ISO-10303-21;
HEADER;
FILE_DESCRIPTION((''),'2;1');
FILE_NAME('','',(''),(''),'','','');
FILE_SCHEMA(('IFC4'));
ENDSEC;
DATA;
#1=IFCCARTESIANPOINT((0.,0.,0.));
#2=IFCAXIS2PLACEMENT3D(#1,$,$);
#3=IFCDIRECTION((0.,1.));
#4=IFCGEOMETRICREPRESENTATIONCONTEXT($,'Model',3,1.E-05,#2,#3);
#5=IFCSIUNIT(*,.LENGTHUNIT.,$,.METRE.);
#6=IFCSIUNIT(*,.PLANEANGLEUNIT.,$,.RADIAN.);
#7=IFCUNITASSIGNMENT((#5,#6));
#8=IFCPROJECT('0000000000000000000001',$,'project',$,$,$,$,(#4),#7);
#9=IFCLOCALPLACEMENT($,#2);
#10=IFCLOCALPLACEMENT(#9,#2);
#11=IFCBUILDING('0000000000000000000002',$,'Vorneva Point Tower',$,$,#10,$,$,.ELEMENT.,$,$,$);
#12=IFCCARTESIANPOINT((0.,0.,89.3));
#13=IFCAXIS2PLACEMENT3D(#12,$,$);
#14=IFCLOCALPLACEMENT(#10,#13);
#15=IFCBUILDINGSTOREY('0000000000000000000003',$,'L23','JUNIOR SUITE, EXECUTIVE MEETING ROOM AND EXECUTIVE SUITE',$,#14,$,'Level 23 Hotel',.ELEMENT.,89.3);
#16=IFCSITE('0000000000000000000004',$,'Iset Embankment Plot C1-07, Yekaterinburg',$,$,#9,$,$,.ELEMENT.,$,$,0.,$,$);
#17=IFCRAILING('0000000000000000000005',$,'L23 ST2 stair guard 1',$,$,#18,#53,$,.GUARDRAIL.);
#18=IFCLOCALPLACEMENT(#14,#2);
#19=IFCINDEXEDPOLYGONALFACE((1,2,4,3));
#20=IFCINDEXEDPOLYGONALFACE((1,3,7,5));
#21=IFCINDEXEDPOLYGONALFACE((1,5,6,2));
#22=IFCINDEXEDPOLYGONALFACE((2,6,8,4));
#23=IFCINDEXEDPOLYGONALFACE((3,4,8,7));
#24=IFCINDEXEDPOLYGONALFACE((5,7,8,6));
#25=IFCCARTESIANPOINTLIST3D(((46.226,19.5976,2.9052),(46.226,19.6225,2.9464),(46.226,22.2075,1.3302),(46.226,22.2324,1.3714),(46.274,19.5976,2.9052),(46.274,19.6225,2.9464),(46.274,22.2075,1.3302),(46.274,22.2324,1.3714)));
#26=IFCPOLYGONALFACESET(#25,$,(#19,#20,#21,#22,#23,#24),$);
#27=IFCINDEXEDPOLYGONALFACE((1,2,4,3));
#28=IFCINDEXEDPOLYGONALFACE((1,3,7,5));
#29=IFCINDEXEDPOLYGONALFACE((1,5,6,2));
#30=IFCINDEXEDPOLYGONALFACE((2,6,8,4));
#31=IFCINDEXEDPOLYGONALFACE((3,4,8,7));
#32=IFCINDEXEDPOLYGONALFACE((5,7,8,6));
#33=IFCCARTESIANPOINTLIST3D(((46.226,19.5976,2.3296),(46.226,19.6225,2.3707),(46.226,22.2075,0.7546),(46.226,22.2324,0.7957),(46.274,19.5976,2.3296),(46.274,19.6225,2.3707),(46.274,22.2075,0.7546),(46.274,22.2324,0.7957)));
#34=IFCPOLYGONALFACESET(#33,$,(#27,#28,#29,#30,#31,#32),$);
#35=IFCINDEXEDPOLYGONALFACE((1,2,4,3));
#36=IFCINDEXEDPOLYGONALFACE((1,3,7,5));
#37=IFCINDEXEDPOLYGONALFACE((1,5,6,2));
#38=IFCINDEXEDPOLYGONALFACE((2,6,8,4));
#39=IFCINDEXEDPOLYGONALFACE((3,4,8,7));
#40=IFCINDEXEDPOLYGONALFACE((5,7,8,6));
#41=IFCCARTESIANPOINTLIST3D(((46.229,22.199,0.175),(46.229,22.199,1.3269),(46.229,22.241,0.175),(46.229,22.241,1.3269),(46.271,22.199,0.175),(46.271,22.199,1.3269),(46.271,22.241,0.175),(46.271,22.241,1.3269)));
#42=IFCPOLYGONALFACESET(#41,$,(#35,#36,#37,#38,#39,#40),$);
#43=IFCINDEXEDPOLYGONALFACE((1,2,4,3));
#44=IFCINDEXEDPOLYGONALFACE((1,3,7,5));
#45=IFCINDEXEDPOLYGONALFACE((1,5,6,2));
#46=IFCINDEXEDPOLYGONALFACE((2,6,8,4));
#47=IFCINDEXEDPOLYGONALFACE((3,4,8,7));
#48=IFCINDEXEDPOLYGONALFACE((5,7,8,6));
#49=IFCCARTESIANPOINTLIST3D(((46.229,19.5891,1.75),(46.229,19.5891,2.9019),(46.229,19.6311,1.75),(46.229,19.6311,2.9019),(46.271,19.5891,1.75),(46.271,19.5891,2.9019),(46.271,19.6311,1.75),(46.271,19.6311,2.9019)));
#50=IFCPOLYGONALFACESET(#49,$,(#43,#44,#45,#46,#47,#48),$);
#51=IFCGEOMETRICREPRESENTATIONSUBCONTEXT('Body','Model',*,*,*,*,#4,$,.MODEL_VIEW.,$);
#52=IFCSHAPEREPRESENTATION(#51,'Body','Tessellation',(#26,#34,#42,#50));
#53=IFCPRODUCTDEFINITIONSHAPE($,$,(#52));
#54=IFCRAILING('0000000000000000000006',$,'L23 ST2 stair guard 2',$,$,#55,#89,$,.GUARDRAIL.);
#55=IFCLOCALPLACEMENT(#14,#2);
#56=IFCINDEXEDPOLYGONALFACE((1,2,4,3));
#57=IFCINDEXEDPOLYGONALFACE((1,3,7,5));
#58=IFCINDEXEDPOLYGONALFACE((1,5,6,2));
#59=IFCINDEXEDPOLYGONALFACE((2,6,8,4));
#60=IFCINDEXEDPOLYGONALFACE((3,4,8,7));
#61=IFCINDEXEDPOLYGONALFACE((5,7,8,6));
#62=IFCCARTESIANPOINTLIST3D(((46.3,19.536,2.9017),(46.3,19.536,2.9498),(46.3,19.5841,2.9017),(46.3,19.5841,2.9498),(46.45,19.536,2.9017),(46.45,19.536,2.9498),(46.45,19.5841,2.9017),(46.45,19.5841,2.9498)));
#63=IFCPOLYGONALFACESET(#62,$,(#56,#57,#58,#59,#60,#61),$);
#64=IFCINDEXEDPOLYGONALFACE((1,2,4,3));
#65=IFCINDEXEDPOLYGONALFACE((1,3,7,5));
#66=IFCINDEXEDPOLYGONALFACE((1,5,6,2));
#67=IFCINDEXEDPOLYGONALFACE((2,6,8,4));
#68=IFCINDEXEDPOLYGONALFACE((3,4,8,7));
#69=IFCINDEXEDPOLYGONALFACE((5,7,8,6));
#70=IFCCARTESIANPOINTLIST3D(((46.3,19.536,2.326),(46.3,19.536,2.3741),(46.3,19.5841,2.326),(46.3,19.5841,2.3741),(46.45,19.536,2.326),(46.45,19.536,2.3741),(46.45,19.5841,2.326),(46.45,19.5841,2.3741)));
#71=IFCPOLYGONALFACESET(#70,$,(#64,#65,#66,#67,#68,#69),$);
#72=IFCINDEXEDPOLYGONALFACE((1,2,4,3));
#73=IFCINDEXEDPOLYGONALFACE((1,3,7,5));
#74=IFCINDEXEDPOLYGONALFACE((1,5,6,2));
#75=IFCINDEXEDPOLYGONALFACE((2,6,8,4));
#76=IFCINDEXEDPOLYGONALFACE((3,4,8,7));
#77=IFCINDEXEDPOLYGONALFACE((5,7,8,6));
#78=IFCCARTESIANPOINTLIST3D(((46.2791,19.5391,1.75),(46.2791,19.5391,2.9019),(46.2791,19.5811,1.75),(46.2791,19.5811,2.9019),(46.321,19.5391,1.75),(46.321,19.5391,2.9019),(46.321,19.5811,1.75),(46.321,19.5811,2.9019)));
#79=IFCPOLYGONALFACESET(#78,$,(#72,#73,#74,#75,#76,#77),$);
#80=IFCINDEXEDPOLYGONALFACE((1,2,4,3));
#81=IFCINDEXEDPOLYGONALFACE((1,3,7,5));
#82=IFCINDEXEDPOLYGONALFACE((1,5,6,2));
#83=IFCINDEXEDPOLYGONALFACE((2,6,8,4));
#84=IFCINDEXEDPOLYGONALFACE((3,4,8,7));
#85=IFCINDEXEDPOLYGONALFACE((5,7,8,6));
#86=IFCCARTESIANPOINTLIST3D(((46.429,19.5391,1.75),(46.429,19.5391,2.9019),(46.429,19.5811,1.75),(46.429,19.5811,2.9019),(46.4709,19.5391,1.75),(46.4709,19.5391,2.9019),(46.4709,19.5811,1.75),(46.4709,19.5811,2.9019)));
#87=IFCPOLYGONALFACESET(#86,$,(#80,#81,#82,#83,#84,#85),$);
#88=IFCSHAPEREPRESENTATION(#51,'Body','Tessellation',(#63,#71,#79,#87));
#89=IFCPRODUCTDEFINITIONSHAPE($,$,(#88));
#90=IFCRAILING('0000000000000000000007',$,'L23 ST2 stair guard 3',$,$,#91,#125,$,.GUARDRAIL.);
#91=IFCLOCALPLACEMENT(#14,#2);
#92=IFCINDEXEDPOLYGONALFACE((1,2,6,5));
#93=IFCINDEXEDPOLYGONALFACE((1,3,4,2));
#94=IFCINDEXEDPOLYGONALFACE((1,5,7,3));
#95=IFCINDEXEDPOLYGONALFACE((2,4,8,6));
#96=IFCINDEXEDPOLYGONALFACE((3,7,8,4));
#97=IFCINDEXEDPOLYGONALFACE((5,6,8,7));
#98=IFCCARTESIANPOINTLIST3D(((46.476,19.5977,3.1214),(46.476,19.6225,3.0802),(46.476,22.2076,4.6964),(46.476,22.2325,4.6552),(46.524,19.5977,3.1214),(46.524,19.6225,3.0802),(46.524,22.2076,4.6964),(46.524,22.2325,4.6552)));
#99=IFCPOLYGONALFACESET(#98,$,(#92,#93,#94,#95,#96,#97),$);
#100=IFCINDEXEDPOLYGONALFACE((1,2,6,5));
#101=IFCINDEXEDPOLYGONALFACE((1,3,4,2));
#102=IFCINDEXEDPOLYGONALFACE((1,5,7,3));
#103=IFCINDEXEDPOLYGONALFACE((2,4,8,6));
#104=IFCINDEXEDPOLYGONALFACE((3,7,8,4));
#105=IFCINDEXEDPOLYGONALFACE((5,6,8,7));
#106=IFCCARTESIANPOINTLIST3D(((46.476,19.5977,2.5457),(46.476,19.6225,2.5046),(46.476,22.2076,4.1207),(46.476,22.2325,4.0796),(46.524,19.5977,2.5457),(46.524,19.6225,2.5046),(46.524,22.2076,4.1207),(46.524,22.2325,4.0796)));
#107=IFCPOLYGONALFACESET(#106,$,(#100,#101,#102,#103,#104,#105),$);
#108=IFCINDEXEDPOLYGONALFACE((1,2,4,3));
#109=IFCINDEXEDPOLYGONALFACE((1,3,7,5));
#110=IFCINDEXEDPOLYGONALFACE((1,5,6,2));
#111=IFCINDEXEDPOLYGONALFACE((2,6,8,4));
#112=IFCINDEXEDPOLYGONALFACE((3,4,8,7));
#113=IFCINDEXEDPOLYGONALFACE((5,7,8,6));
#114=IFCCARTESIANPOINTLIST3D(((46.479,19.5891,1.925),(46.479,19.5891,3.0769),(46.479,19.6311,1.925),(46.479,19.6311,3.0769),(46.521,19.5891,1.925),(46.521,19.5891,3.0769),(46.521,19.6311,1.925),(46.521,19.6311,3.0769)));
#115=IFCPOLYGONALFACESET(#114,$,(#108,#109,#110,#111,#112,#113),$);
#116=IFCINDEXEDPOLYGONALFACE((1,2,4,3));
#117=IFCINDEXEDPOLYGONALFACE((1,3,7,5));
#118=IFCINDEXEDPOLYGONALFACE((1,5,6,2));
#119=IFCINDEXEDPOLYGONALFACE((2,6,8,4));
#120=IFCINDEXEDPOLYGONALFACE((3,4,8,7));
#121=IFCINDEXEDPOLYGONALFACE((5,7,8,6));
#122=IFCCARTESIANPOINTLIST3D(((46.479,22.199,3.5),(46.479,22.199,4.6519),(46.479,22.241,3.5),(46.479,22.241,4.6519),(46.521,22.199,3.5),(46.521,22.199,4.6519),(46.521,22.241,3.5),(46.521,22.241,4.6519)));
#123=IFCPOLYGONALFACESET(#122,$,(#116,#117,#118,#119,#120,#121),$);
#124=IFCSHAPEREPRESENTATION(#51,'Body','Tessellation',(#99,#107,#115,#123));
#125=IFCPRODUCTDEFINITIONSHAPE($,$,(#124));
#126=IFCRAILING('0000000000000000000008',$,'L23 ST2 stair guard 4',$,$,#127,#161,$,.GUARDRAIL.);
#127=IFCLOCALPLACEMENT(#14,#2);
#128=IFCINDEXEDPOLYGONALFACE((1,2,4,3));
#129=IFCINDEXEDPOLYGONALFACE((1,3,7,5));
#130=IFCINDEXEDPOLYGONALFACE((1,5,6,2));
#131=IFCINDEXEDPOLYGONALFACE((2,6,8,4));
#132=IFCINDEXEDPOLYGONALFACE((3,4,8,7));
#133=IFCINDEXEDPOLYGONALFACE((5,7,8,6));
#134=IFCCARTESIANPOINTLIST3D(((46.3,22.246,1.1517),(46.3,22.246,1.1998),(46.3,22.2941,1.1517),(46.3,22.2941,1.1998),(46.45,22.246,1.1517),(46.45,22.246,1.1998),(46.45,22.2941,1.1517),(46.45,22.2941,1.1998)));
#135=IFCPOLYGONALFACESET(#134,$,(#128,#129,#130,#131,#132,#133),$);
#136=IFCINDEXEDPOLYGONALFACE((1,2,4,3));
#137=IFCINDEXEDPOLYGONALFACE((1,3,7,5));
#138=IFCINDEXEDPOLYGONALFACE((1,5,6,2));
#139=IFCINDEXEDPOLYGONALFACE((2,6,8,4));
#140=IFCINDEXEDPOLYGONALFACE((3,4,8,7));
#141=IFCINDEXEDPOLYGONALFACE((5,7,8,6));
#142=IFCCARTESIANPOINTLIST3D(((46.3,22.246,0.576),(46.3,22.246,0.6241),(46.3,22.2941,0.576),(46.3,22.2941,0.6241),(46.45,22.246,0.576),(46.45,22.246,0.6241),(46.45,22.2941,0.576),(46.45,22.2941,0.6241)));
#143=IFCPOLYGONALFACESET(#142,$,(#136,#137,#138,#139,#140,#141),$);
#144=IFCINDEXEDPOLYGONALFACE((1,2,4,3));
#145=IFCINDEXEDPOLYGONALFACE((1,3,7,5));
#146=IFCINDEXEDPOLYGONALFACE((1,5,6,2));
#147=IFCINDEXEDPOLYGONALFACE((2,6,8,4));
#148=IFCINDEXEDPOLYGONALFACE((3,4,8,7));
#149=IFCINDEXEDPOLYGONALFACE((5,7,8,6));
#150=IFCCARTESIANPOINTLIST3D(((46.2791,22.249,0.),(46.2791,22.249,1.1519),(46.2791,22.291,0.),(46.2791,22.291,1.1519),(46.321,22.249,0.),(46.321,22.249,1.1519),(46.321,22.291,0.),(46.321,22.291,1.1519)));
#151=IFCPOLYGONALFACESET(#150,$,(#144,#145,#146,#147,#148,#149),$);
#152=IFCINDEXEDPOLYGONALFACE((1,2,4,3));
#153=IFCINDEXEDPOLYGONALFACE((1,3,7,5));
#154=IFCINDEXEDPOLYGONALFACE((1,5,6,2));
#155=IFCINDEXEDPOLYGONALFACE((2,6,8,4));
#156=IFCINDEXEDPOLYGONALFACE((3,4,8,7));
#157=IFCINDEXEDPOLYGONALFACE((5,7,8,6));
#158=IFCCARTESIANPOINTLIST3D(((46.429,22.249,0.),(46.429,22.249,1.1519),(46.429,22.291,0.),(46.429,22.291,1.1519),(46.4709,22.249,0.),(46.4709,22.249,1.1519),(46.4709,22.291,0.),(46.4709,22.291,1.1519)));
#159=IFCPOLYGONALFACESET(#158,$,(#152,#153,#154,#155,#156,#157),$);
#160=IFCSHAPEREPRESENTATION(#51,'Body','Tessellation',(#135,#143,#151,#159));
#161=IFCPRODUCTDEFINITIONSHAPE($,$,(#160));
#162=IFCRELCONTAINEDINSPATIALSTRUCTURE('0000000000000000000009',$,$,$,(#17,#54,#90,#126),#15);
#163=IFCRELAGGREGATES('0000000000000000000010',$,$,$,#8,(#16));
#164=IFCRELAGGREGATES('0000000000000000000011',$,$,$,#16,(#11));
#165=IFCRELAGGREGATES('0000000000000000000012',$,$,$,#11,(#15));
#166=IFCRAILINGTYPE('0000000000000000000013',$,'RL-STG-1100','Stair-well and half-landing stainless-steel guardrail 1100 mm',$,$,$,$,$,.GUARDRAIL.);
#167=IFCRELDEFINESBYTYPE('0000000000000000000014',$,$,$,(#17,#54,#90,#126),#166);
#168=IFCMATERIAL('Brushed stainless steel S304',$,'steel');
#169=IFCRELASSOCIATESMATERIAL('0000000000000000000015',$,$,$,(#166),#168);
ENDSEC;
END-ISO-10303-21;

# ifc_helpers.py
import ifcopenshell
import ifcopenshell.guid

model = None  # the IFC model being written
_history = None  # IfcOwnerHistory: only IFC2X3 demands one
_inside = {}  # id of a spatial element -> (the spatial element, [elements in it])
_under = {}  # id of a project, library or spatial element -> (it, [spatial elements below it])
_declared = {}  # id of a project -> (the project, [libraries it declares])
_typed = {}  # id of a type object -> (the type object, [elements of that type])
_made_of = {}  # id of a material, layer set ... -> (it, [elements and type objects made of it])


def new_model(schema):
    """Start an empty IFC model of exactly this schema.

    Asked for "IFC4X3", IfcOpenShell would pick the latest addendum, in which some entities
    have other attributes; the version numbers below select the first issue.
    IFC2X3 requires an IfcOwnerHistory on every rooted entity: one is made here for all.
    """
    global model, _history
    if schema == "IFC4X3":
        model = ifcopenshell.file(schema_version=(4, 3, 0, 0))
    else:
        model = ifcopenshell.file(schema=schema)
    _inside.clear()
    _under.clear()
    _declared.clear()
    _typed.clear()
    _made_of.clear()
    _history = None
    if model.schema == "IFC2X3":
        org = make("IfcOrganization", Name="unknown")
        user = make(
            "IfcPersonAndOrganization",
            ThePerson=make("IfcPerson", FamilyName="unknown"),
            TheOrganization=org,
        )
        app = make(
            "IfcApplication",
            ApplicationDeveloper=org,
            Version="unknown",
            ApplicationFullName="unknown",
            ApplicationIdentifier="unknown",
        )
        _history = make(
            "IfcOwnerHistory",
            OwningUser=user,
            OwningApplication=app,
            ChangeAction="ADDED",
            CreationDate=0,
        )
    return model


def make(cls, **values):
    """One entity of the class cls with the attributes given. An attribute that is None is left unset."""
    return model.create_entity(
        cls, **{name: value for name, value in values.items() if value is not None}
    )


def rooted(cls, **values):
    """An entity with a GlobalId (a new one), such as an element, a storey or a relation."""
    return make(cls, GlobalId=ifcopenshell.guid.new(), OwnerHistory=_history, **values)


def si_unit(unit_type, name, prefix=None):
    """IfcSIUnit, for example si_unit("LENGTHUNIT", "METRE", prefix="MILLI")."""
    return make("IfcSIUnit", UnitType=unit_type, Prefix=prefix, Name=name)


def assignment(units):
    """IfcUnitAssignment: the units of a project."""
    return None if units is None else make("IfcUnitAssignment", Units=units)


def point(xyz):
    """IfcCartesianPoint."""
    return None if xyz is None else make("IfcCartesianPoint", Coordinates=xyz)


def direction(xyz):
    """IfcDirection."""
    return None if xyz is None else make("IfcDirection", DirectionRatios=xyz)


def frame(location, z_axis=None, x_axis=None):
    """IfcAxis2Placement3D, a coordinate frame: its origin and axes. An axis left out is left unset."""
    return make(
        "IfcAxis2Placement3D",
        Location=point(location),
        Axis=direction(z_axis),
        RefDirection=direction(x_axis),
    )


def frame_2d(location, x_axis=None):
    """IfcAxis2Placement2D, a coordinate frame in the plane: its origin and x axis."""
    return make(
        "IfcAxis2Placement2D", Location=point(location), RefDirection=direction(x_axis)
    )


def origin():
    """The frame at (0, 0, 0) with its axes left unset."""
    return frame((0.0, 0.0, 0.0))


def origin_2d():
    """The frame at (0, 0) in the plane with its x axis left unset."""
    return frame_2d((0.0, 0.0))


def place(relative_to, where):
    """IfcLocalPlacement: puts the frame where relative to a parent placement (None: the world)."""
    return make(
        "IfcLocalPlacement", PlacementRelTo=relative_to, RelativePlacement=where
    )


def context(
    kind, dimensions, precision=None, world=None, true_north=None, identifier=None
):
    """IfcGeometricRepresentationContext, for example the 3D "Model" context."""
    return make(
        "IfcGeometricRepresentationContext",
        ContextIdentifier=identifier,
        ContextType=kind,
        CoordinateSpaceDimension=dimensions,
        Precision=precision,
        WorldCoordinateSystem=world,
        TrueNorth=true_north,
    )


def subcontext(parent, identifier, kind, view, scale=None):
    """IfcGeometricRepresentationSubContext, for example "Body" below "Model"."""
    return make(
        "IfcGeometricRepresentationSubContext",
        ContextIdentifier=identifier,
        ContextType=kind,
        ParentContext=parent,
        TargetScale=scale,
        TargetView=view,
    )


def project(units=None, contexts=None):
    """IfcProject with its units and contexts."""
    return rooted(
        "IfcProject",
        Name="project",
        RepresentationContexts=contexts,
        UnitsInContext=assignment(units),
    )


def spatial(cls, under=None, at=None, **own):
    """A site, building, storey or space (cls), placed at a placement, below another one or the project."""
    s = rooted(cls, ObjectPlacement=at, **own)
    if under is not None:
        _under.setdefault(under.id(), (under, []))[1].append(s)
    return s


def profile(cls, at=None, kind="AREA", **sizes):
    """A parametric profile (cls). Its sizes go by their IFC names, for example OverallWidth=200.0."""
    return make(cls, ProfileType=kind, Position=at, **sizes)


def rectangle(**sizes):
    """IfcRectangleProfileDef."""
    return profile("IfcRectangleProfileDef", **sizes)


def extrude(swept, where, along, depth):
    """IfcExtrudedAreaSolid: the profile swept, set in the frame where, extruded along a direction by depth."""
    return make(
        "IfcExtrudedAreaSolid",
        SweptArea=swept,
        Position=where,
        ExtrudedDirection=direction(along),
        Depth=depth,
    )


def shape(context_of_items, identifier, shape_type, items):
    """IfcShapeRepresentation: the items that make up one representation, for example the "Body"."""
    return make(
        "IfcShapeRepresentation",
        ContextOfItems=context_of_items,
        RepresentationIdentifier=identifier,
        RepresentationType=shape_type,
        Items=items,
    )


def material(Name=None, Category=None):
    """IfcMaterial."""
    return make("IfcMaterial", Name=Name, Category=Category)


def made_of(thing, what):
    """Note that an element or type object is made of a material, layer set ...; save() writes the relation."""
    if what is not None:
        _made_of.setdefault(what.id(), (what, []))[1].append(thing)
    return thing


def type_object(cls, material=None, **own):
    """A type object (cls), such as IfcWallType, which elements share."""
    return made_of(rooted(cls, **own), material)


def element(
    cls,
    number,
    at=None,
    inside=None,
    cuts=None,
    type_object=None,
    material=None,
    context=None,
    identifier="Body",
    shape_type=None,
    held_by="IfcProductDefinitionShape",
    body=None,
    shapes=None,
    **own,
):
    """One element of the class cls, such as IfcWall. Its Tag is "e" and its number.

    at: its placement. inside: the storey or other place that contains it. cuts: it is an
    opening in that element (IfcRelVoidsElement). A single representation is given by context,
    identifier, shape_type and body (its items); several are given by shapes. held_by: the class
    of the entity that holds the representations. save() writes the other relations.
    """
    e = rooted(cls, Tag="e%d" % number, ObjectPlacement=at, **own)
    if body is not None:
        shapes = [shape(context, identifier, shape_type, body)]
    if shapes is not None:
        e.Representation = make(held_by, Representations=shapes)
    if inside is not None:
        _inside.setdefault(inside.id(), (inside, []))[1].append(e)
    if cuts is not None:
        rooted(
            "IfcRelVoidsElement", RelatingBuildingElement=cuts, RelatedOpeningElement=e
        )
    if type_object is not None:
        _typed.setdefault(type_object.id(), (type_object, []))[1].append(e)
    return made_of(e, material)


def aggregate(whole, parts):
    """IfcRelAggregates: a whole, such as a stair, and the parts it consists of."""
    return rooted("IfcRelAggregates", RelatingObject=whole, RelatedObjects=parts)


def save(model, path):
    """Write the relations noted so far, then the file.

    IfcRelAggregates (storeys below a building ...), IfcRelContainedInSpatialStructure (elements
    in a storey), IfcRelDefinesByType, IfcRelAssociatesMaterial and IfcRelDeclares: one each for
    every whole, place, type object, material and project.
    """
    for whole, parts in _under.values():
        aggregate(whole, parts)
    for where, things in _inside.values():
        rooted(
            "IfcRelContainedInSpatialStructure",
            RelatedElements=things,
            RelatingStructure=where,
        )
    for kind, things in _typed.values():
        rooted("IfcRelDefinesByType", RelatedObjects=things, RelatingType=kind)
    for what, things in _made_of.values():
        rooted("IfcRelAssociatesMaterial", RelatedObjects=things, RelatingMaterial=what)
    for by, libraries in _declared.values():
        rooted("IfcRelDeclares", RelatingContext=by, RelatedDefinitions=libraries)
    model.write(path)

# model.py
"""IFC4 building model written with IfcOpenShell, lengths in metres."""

from ifc_helpers import new_model, si_unit, direction, frame, origin, origin_2d, place, context, subcontext, project, spatial, rectangle, extrude, material, type_object, element, save


model = new_model("IFC4")

# Units and contexts
model_context = context("Model", 3, precision=1e-05, world=origin(), true_north=direction((0.0, 1.0)))
body_context = subcontext(model_context, "Body", "Model", "MODEL_VIEW")
ifc_project = project(units=[si_unit("LENGTHUNIT", "METRE"), si_unit("PLANEANGLEUNIT", "RADIAN")], contexts=[model_context])

# Site, building, storey
site_placement = place(None, origin())
site = spatial("IfcSite", under=ifc_project, at=site_placement, Name="Iset Embankment Plot C1-07, Yekaterinburg", CompositionType="ELEMENT", RefElevation=0.0)
building_placement = place(site_placement, origin())
building = spatial("IfcBuilding", under=site, at=building_placement, Name="Vorneva Point Tower", CompositionType="ELEMENT")
storey_placement = place(building_placement, frame((0.0, 0.0, 89.3)))
storey = spatial("IfcBuildingStorey", under=building, at=storey_placement, Name="L23", Description="JUNIOR SUITE, EXECUTIVE MEETING ROOM AND EXECUTIVE SUITE", LongName="Level 23 Hotel", CompositionType="ELEMENT", Elevation=89.3)

# Railings
ifc_material_1 = material(Name="Brushed stainless steel S304", Category="steel")
railing_type_1 = type_object("IfcRailingType", Name="RL-STG-1100", Description="Stair-well and half-landing stainless-steel guardrail 1100 mm", PredefinedType="GUARDRAIL", material=ifc_material_1)
railing_1_placement = place(storey_placement, frame((46.25, 22.22, 0.175)))
element("IfcRailing", 1, at=railing_1_placement, inside=storey, type_object=railing_type_1, Name="L23 ST2 stair guard 1", PredefinedType="GUARDRAIL", context=body_context, shape_type="SweptSolid", body=[
    extrude(rectangle(XDim=0.0481, YDim=0.0481, at=origin_2d()), frame((0.0, 0.0, 1.1758), z_axis=(0.0, -0.856183, 0.516673), x_axis=(1.0, 0.0, 0.0)), (0.0, 0.0, 1.0), 3.0483),
    extrude(rectangle(XDim=0.0481, YDim=0.0481, at=origin_2d()), frame((0.0, 0.0, 0.6001), z_axis=(0.0, -0.856183, 0.516673), x_axis=(1.0, 0.0, 0.0)), (0.0, 0.0, 1.0), 3.0483),
    extrude(rectangle(XDim=0.042, YDim=0.042, at=origin_2d()), origin(), (0.0, 0.0, 1.0), 1.1519),
    extrude(rectangle(XDim=0.042, YDim=0.042, at=origin_2d()), frame((0.0, -2.6099, 1.575)), (0.0, 0.0, 1.0), 1.1519),
])
railing_2_placement = place(storey_placement, frame((46.3, 19.5601, 1.75)))
element("IfcRailing", 2, at=railing_2_placement, inside=storey, type_object=railing_type_1, Name="L23 ST2 stair guard 2", PredefinedType="GUARDRAIL", context=body_context, shape_type="SweptSolid", body=[
    extrude(rectangle(XDim=0.0481, YDim=0.0481, at=origin_2d()), frame((0.0, 0.0, 1.1758), z_axis=(1.0, 0.0, 0.0), x_axis=(0.0, 1.0, 0.0)), (0.0, 0.0, 1.0), 0.1499),
    extrude(rectangle(XDim=0.0481, YDim=0.0481, at=origin_2d()), frame((0.0, 0.0, 0.6001), z_axis=(1.0, 0.0, 0.0), x_axis=(0.0, 1.0, 0.0)), (0.0, 0.0, 1.0), 0.1499),
    extrude(rectangle(XDim=0.042, YDim=0.042, at=origin_2d()), origin(), (0.0, 0.0, 1.0), 1.1519),
    extrude(rectangle(XDim=0.042, YDim=0.042, at=origin_2d()), frame((0.1499, 0.0, 0.0)), (0.0, 0.0, 1.0), 1.1519),
])
railing_3_placement = place(storey_placement, frame((46.5, 19.6101, 1.925)))
element("IfcRailing", 3, at=railing_3_placement, inside=storey, type_object=railing_type_1, Name="L23 ST2 stair guard 3", PredefinedType="GUARDRAIL", context=body_context, shape_type="SweptSolid", body=[
    extrude(rectangle(XDim=0.0481, YDim=0.0481, at=origin_2d()), frame((0.0, 0.0, 1.1758), z_axis=(0.0, 0.856183, 0.516673), x_axis=(-1.0, 0.0, 0.0)), (0.0, 0.0, 1.0), 3.0483),
    extrude(rectangle(XDim=0.0481, YDim=0.0481, at=origin_2d()), frame((0.0, 0.0, 0.6001), z_axis=(0.0, 0.856183, 0.516673), x_axis=(-1.0, 0.0, 0.0)), (0.0, 0.0, 1.0), 3.0483),
    extrude(rectangle(XDim=0.042, YDim=0.042, at=origin_2d()), origin(), (0.0, 0.0, 1.0), 1.1519),
    extrude(rectangle(XDim=0.042, YDim=0.042, at=origin_2d()), frame((0.0, 2.6099, 1.575)), (0.0, 0.0, 1.0), 1.1519),
])
railing_4_placement = place(storey_placement, frame((46.3, 22.27, 0.0)))
element("IfcRailing", 4, at=railing_4_placement, inside=storey, type_object=railing_type_1, Name="L23 ST2 stair guard 4", PredefinedType="GUARDRAIL", context=body_context, shape_type="SweptSolid", body=[
    extrude(rectangle(XDim=0.0481, YDim=0.0481, at=origin_2d()), frame((0.0, 0.0, 1.1758), z_axis=(1.0, 0.0, 0.0), x_axis=(0.0, 1.0, 0.0)), (0.0, 0.0, 1.0), 0.1499),
    extrude(rectangle(XDim=0.0481, YDim=0.0481, at=origin_2d()), frame((0.0, 0.0, 0.6001), z_axis=(1.0, 0.0, 0.0), x_axis=(0.0, 1.0, 0.0)), (0.0, 0.0, 1.0), 0.1499),
    extrude(rectangle(XDim=0.042, YDim=0.042, at=origin_2d()), origin(), (0.0, 0.0, 1.0), 1.1519),
    extrude(rectangle(XDim=0.042, YDim=0.042, at=origin_2d()), frame((0.1499, 0.0, 0.0)), (0.0, 0.0, 1.0), 1.1519),
])

save(model, "model.ifc")
